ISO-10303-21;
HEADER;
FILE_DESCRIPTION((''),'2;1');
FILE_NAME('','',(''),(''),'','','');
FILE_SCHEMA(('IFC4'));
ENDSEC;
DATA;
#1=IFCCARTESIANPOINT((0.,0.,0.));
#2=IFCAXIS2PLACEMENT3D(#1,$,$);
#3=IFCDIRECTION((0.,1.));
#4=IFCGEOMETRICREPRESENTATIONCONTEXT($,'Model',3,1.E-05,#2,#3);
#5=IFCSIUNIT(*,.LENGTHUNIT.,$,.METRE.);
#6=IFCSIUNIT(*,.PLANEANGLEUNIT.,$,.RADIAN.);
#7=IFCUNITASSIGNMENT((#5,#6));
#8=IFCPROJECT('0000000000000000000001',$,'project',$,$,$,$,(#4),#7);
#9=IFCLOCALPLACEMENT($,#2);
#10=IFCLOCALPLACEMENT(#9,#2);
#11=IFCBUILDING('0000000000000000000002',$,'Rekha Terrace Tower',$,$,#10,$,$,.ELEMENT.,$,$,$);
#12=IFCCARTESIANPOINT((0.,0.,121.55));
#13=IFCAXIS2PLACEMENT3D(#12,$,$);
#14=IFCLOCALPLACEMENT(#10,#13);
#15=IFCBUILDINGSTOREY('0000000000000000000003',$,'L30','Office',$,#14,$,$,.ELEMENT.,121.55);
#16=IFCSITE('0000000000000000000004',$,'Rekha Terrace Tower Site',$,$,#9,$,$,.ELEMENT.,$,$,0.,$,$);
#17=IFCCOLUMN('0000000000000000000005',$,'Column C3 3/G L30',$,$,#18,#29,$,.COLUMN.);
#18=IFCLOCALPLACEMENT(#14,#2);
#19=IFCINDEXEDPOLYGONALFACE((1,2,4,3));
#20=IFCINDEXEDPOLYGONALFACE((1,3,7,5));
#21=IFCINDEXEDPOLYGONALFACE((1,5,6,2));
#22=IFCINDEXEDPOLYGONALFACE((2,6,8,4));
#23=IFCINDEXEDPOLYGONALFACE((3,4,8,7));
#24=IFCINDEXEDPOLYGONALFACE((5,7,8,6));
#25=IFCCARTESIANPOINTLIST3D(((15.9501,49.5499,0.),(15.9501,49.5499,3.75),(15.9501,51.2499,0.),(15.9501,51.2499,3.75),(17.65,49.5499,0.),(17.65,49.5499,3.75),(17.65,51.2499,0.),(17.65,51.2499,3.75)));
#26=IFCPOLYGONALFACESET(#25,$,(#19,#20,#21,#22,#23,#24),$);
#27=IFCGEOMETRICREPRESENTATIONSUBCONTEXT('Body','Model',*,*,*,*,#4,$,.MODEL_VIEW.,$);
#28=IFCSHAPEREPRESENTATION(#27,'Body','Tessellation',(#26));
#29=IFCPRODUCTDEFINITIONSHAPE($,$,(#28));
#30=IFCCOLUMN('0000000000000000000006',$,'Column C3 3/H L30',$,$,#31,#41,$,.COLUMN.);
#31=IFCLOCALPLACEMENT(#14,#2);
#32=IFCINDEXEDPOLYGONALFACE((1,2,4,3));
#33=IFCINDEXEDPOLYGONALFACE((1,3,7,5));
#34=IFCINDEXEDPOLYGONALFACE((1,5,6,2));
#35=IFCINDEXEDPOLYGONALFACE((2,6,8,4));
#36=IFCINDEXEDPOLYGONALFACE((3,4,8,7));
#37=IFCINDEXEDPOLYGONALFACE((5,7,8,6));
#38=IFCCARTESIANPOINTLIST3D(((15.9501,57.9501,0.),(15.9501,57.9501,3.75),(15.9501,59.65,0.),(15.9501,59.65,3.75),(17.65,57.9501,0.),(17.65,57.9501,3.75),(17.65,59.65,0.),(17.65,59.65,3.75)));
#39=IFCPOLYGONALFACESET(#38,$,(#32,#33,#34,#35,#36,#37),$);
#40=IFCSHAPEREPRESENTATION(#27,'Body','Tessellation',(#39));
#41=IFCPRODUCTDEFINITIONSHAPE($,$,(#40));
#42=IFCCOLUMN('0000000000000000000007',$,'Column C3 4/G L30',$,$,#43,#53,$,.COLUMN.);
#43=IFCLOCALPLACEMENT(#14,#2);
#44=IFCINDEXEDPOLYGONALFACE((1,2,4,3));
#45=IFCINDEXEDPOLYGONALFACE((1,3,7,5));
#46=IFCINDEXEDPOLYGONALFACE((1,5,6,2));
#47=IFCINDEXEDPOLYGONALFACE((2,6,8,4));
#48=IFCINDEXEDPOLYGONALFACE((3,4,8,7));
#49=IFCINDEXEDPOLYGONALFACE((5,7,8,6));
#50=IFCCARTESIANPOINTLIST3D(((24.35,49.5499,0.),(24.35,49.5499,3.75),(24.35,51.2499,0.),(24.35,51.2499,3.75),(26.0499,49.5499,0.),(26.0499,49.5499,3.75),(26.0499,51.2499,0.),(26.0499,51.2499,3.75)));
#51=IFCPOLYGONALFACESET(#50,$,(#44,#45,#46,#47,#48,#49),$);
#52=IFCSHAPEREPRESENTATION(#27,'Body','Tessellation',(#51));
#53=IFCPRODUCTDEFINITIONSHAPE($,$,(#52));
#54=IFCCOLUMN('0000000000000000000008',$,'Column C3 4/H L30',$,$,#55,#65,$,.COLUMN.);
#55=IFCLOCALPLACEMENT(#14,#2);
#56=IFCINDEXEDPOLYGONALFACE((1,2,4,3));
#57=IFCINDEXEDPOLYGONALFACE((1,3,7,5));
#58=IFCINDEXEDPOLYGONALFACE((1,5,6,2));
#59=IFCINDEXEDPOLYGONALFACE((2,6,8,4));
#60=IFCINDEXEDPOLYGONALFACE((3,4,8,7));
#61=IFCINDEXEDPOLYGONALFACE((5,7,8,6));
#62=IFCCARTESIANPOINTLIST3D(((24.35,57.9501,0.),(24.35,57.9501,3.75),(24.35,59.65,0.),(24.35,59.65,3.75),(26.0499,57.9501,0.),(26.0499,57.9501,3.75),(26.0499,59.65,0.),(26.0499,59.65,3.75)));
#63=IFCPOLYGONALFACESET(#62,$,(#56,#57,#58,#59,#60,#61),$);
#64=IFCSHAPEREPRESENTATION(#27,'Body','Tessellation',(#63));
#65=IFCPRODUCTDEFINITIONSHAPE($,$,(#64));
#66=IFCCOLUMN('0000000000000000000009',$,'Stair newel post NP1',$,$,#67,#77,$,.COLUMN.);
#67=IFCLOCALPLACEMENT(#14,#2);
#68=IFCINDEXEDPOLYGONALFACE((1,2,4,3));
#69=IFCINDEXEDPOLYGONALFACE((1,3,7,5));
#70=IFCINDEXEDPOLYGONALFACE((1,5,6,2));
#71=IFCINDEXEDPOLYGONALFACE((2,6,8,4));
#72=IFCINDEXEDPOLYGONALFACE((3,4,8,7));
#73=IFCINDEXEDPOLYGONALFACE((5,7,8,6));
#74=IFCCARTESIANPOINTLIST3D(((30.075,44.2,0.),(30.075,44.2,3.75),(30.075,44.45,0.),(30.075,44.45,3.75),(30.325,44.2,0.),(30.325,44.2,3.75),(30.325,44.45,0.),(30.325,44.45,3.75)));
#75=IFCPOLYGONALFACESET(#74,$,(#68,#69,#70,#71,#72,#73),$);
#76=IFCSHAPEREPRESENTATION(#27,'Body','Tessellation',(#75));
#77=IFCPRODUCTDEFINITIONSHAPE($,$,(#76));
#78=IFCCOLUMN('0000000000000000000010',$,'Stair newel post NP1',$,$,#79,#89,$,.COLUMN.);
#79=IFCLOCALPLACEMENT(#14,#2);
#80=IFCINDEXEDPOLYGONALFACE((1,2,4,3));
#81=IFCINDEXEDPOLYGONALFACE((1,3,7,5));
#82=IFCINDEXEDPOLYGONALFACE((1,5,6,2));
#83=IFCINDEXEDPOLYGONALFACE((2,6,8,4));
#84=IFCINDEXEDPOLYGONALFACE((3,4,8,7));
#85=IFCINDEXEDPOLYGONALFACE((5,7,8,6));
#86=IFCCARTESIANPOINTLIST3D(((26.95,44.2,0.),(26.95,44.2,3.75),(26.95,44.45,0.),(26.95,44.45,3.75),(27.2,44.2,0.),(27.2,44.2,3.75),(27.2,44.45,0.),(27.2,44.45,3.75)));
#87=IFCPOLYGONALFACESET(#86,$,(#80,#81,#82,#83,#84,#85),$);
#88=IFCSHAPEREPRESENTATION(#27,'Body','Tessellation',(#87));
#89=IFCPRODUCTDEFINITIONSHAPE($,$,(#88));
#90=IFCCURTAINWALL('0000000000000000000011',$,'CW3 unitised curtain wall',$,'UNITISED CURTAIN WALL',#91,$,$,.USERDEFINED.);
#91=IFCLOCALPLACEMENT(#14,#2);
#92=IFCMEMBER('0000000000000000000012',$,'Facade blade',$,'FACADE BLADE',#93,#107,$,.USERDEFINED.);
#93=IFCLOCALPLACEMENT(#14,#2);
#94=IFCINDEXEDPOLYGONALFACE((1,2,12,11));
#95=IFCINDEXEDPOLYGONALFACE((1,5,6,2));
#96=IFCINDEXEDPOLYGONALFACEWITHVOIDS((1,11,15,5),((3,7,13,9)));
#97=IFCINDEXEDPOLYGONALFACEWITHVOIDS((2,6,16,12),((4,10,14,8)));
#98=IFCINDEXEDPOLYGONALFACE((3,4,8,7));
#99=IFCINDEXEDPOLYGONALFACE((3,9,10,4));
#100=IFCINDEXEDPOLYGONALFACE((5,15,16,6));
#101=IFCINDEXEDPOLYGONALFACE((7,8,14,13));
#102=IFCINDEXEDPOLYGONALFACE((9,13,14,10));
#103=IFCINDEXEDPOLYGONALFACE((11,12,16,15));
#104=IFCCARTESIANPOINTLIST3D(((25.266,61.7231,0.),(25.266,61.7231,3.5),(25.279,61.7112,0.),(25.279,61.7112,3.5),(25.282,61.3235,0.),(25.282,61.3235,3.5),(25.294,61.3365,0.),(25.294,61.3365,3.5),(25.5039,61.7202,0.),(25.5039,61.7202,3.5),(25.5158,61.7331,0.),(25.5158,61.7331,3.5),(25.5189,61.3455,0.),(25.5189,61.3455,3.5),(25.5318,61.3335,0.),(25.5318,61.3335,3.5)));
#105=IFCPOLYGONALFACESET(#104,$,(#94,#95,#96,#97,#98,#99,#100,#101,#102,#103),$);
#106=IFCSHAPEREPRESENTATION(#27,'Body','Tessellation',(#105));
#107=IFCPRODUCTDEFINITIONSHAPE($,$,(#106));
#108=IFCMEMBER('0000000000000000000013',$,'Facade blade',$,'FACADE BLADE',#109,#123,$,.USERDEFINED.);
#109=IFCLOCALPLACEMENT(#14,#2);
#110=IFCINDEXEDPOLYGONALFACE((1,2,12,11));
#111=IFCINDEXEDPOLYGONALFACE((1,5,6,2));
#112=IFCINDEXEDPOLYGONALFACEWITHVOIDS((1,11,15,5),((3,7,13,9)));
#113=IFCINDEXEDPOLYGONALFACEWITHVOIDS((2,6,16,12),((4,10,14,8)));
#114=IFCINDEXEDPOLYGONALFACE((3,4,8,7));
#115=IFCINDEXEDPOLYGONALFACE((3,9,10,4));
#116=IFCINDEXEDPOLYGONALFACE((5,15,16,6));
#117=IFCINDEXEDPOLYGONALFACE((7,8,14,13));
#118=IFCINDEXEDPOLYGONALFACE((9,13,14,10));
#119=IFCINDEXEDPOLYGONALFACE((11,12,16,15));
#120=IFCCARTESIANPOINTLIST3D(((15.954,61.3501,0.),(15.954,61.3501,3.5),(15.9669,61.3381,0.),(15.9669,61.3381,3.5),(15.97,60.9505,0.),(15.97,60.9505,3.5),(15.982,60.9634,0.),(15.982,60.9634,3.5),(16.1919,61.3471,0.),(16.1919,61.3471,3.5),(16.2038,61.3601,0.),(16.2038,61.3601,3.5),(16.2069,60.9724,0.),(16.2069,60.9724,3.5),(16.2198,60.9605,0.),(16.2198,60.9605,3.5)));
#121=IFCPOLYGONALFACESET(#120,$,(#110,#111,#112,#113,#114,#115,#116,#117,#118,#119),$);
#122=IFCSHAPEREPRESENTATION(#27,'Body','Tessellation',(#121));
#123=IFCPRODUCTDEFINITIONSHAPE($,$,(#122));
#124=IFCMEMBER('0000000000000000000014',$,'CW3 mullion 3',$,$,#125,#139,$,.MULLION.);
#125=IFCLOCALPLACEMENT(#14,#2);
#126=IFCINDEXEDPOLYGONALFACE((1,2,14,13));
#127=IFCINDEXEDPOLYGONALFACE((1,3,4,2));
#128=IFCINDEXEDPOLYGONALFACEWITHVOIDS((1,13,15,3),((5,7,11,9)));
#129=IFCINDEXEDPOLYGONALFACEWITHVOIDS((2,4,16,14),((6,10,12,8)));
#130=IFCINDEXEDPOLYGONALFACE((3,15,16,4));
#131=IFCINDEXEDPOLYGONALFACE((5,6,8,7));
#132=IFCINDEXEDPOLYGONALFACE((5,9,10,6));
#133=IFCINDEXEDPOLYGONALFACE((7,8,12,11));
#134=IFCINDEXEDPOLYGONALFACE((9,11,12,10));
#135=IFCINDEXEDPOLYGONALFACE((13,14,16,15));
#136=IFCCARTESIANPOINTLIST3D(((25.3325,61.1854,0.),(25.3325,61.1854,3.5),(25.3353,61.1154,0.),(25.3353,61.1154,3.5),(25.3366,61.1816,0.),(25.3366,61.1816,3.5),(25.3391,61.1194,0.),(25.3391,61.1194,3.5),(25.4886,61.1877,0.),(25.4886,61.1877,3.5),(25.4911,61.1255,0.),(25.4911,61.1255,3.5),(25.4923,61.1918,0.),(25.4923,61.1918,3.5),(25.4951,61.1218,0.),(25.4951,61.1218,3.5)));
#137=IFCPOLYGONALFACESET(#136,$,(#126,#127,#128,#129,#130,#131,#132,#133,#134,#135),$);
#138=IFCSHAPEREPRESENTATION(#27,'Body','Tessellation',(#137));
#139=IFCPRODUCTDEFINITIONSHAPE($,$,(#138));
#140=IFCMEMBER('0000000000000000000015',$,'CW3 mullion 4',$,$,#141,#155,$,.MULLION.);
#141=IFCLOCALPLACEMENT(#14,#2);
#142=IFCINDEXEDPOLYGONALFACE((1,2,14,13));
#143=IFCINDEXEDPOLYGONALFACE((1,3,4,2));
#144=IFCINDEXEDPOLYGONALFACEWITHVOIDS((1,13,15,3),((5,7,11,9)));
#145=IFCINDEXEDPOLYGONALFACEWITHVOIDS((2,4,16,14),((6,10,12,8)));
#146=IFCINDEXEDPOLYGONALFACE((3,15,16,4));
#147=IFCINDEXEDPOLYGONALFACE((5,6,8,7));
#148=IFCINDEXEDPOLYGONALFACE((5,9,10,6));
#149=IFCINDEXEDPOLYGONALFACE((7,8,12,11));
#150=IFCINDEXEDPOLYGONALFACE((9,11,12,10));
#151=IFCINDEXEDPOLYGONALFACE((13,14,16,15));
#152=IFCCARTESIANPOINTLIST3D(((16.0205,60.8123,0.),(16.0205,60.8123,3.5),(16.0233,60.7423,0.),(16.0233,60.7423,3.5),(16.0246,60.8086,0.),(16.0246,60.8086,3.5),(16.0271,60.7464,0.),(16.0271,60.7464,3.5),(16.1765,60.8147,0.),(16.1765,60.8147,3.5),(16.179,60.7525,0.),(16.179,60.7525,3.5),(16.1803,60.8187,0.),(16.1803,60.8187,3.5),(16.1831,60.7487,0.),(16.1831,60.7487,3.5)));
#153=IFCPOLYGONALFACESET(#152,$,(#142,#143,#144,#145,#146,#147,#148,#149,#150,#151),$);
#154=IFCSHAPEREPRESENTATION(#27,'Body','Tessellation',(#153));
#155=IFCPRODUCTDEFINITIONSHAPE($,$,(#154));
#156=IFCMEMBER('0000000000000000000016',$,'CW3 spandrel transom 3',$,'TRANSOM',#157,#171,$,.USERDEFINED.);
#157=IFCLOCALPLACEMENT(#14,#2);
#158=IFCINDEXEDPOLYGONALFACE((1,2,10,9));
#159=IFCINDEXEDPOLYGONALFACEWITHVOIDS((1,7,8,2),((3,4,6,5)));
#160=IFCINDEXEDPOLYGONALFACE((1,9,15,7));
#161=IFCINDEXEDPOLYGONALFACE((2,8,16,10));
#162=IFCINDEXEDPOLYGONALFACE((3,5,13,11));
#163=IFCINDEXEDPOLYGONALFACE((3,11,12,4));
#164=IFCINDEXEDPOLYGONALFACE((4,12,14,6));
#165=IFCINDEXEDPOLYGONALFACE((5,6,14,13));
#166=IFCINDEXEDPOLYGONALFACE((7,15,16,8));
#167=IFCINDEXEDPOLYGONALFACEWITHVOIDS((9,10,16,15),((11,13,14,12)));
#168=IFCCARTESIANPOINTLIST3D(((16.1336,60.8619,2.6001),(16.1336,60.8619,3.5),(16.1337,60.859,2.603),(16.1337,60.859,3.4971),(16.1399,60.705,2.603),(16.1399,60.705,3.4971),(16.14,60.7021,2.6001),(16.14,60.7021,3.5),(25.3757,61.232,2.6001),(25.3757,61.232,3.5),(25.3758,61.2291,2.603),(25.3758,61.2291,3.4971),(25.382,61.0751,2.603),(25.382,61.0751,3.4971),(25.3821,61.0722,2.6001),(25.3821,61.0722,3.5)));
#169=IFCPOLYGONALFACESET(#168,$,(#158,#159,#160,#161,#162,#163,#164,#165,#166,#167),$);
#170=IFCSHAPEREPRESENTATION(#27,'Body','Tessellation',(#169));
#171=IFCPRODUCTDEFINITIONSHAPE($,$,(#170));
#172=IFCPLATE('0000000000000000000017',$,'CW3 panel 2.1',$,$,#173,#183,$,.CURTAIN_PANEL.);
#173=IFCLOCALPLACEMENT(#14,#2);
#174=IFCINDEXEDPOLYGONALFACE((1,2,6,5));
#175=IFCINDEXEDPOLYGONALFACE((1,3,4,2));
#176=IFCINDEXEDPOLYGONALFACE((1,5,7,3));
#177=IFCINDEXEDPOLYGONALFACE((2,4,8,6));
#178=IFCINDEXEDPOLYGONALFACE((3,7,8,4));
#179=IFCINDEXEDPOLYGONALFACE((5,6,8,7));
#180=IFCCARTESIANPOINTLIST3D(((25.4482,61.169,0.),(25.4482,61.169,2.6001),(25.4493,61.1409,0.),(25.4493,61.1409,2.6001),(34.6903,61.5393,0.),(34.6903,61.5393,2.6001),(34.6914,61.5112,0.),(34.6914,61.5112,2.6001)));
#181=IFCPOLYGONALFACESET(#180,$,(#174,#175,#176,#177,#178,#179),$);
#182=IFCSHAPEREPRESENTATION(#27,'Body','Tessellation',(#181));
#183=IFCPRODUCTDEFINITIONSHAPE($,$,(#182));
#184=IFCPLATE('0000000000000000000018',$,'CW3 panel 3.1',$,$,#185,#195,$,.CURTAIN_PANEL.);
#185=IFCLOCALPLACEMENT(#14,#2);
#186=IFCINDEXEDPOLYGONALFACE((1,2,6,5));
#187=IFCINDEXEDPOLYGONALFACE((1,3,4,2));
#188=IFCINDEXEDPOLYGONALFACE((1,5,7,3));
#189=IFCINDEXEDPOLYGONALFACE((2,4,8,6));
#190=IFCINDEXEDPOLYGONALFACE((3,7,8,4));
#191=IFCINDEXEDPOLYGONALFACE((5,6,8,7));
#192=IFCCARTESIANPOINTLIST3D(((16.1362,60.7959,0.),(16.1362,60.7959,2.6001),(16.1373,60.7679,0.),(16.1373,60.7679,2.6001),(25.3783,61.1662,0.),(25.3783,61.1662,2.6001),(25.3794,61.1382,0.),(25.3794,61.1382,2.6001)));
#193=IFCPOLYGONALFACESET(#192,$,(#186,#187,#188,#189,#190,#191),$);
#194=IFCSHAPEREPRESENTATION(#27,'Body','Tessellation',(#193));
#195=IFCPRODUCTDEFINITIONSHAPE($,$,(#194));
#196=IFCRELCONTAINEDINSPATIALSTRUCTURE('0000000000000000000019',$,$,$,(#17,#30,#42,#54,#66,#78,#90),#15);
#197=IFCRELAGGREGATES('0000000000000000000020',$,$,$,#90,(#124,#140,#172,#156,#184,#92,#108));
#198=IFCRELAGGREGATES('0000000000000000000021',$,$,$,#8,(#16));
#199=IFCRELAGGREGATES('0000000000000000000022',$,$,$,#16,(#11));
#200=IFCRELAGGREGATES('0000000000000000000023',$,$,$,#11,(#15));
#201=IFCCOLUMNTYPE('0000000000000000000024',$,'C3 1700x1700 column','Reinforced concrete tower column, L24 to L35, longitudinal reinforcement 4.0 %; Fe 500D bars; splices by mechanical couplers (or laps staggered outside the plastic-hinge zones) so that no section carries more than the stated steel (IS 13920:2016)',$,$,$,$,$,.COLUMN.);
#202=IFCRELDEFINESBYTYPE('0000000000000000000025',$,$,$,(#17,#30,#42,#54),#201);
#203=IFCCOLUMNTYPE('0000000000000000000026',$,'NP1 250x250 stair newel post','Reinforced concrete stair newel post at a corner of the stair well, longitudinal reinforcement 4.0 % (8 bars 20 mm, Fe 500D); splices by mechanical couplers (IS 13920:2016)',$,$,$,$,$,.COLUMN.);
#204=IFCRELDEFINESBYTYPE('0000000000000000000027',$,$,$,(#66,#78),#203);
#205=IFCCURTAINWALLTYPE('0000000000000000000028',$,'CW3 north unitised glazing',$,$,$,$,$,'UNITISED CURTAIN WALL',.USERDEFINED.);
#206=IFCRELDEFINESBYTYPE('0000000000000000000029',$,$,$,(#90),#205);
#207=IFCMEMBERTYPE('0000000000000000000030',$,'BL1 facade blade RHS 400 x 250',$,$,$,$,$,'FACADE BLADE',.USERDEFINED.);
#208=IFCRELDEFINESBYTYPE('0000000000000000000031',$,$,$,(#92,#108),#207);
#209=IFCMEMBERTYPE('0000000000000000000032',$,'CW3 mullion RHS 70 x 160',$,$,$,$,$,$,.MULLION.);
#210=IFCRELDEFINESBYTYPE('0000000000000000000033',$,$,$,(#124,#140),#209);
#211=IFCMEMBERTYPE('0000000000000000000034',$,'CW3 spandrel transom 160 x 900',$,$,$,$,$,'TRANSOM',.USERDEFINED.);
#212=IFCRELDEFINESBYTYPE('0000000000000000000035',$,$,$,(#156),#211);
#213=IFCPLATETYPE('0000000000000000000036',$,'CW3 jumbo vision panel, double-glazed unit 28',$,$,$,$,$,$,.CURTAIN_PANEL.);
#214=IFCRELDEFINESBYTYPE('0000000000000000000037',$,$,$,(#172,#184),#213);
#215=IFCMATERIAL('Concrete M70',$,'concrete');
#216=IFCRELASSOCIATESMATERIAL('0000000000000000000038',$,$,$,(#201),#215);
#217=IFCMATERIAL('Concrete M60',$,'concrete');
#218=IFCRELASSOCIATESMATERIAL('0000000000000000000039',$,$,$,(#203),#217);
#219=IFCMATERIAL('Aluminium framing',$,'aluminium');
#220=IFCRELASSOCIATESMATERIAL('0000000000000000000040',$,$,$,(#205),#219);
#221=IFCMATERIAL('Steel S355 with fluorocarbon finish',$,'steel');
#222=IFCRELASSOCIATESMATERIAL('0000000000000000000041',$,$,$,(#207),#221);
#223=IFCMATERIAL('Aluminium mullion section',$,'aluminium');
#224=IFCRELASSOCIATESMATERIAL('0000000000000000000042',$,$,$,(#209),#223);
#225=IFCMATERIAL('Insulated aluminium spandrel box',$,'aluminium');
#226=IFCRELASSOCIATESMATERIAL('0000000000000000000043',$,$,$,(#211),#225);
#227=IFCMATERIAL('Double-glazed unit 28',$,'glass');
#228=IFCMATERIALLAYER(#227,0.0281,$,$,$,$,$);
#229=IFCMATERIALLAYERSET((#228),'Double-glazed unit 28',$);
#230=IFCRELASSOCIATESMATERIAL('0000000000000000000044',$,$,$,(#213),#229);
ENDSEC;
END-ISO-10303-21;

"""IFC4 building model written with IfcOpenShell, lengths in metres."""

from ifc_helpers import new_model, si_unit, direction, frame, origin, origin_2d, place, context, subcontext, project, spatial, rectangle, hollow_rectangle, extrude, material, layer, layer_set, material_profile, profile_set, type_object, element, aggregate, save


model = new_model("IFC4")

# Units and contexts
model_context = context("Model", 3, precision=1e-05, world=origin(), true_north=direction((0.0, 1.0)))
body_context = subcontext(model_context, "Body", "Model", "MODEL_VIEW")
ifc_project = project(units=[si_unit("LENGTHUNIT", "METRE"), si_unit("PLANEANGLEUNIT", "RADIAN")], contexts=[model_context])

# Site, building, storey
site_placement = place(None, origin())
site = spatial("IfcSite", under=ifc_project, at=site_placement, Name="Rekha Terrace Tower Site", CompositionType="ELEMENT", RefElevation=0.0)
building_placement = place(site_placement, origin())
building = spatial("IfcBuilding", under=site, at=building_placement, Name="Rekha Terrace Tower", CompositionType="ELEMENT")
storey_placement = place(building_placement, frame((0.0, 0.0, 121.55)))
storey = spatial("IfcBuildingStorey", under=building, at=storey_placement, Name="L30", Description="Office", CompositionType="ELEMENT", Elevation=121.55)

# Columns
ifc_material_1 = material(Name="Concrete M70", Category="concrete")
ifc_material_profile_1 = material_profile(ifc_material_1, rectangle(XDim=1.7, YDim=1.7, at=origin_2d()), Name="RC 1700x1700")
ifc_profile_set_1 = profile_set([ifc_material_profile_1], Name="Concrete M70")
column_type_1 = type_object("IfcColumnType", Name="C3 1700x1700 column", Description="Reinforced concrete tower column, L24 to L35, longitudinal reinforcement 4.0 %; Fe 500D bars; splices by mechanical couplers (or laps staggered outside the plastic-hinge zones) so that no section carries more than the stated steel (IS 13920:2016)", PredefinedType="COLUMN", material=ifc_profile_set_1)
for number, where, z_axis, x_axis, name in (
    (1, (16.8, 50.3999, 0.0), (0.0, 0.0, 1.0), (1.0, 0.0, 0.0), "Column C3 3/G L30"),
    (2, (16.8, 58.8, 0.0), (0.0, 0.0, 1.0), (1.0, 0.0, 0.0), "Column C3 3/H L30"),
    (3, (25.2, 50.3999, 0.0), (0.0, 0.0, 1.0), (1.0, 0.0, 0.0), "Column C3 4/G L30"),
    (4, (25.2, 58.8, 0.0), (0.0, 0.0, 1.0), (1.0, 0.0, 0.0), "Column C3 4/H L30"),
):
    element("IfcColumn", number, at=place(storey_placement, frame(where, z_axis=z_axis, x_axis=x_axis)), inside=storey, type_object=column_type_1, Name=name, PredefinedType="COLUMN", context=body_context, shape_type="SweptSolid", body=[
        extrude(rectangle(XDim=1.7, YDim=1.7, at=origin_2d()), origin(), (0.0, 0.0, 1.0), 3.75),
    ])
ifc_material_2 = material(Name="Concrete M60", Category="concrete")
ifc_material_profile_2 = material_profile(ifc_material_2, rectangle(XDim=0.25, YDim=0.25, at=origin_2d()), Name="RC 250x250")
ifc_profile_set_2 = profile_set([ifc_material_profile_2], Name="Concrete M60")
column_type_2 = type_object("IfcColumnType", Name="NP1 250x250 stair newel post", Description="Reinforced concrete stair newel post at a corner of the stair well, longitudinal reinforcement 4.0 % (8 bars 20 mm, Fe 500D); splices by mechanical couplers (IS 13920:2016)", PredefinedType="COLUMN", material=ifc_profile_set_2)
for number, where, z_axis, x_axis, name in (
    (5, (30.2, 44.325, 0.0), (0.0, 0.0, 1.0), (1.0, 0.0, 0.0), "Stair newel post NP1"),
    (6, (27.075, 44.325, 0.0), (0.0, 0.0, 1.0), (1.0, 0.0, 0.0), "Stair newel post NP1"),
):
    element("IfcColumn", number, at=place(storey_placement, frame(where, z_axis=z_axis, x_axis=x_axis)), inside=storey, type_object=column_type_2, Name=name, PredefinedType="COLUMN", context=body_context, shape_type="SweptSolid", body=[
        extrude(rectangle(XDim=0.25, YDim=0.25, at=origin_2d()), origin(), (0.0, 0.0, 1.0), 3.75),
    ])

# Curtain wall, members, plates
ifc_material_3 = material(Name="Aluminium framing", Category="aluminium")
curtain_wall_type = type_object("IfcCurtainWallType", Name="CW3 north unitised glazing", ElementType="UNITISED CURTAIN WALL", PredefinedType="USERDEFINED", material=ifc_material_3)
curtain_wall_placement = place(storey_placement, origin())
curtain_wall = element("IfcCurtainWall", 7, at=curtain_wall_placement, inside=storey, type_object=curtain_wall_type, Name="CW3 unitised curtain wall", ObjectType="UNITISED CURTAIN WALL", PredefinedType="USERDEFINED")
ifc_material_4 = material(Name="Steel S355 with fluorocarbon finish", Category="steel")
ifc_material_profile_3 = material_profile(ifc_material_4, hollow_rectangle(XDim=0.25, YDim=0.3999, WallThickness=0.0125, at=origin_2d()), Name="RHS400x250x12.5")
ifc_profile_set_3 = profile_set([ifc_material_profile_3], Name="Steel S355 with fluorocarbon finish")
member_type_1 = type_object("IfcMemberType", Name="BL1 facade blade RHS 400 x 250", ElementType="FACADE BLADE", PredefinedType="USERDEFINED", material=ifc_profile_set_3)
member_1_placement = place(storey_placement, frame((25.3989, 61.5283, 0.0), z_axis=(0.0, 0.0, 1.0), x_axis=(-0.999198, -0.040032, 0.0)))
member_1 = element("IfcMember", 8, at=member_1_placement, type_object=member_type_1, Name="Facade blade", ObjectType="FACADE BLADE", PredefinedType="USERDEFINED", context=body_context, shape_type="SweptSolid", body=[
    extrude(hollow_rectangle(XDim=0.25, YDim=0.3999, WallThickness=0.0125, at=origin_2d()), origin(), (0.0, 0.0, 1.0), 3.5),
])
member_2_placement = place(storey_placement, frame((16.0869, 61.1553, 0.0), z_axis=(0.0, 0.0, 1.0), x_axis=(-0.999198, -0.040032, 0.0)))
member_2 = element("IfcMember", 9, at=member_2_placement, type_object=member_type_1, Name="Facade blade", ObjectType="FACADE BLADE", PredefinedType="USERDEFINED", context=body_context, shape_type="SweptSolid", body=[
    extrude(hollow_rectangle(XDim=0.25, YDim=0.3999, WallThickness=0.0125, at=origin_2d()), origin(), (0.0, 0.0, 1.0), 3.5),
])
ifc_material_5 = material(Name="Aluminium mullion section", Category="aluminium")
ifc_material_profile_4 = material_profile(ifc_material_5, hollow_rectangle(XDim=0.0701, YDim=0.1599, WallThickness=0.0039, at=origin_2d()), Name="AL RHS 70x160")
ifc_profile_set_4 = profile_set([ifc_material_profile_4], Name="Aluminium mullion section")
member_type_2 = type_object("IfcMemberType", Name="CW3 mullion RHS 70 x 160", PredefinedType="MULLION", material=ifc_profile_set_4)
member_3_placement = place(storey_placement, frame((25.4138, 61.1536, 0.0), z_axis=(0.0, 0.0, 1.0), x_axis=(0.040032, -0.999198, 0.0)))
member_3 = element("IfcMember", 10, at=member_3_placement, type_object=member_type_2, Name="CW3 mullion 3", PredefinedType="MULLION", context=body_context, shape_type="SweptSolid", body=[
    extrude(hollow_rectangle(XDim=0.0701, YDim=0.1599, WallThickness=0.0039, at=origin_2d()), origin(), (0.0, 0.0, 1.0), 3.5),
])
member_4_placement = place(storey_placement, frame((16.1018, 60.7805, 0.0), z_axis=(0.0, 0.0, 1.0), x_axis=(0.040032, -0.999198, 0.0)))
member_4 = element("IfcMember", 11, at=member_4_placement, type_object=member_type_2, Name="CW3 mullion 4", PredefinedType="MULLION", context=body_context, shape_type="SweptSolid", body=[
    extrude(hollow_rectangle(XDim=0.0701, YDim=0.1599, WallThickness=0.0039, at=origin_2d()), origin(), (0.0, 0.0, 1.0), 3.5),
])
ifc_material_6 = material(Name="Insulated aluminium spandrel box", Category="aluminium")
ifc_material_profile_5 = material_profile(ifc_material_6, hollow_rectangle(XDim=0.1599, YDim=0.8999, WallThickness=0.0029, at=origin_2d()), Name="AL SPANDREL BOX 160x900")
ifc_profile_set_5 = profile_set([ifc_material_profile_5], Name="Insulated aluminium spandrel box")
member_type_3 = type_object("IfcMemberType", Name="CW3 spandrel transom 160 x 900", ElementType="TRANSOM", PredefinedType="USERDEFINED", material=ifc_profile_set_5)
member_5_placement = place(storey_placement, frame((25.3789, 61.1521, 3.05), z_axis=(-0.999199, -0.040014, 0.0), x_axis=(0.040014, -0.999199, 0.0)))
member_5 = element("IfcMember", 12, at=member_5_placement, type_object=member_type_3, Name="CW3 spandrel transom 3", ObjectType="TRANSOM", PredefinedType="USERDEFINED", context=body_context, shape_type="SweptSolid", body=[
    extrude(hollow_rectangle(XDim=0.1599, YDim=0.8999, WallThickness=0.0029, at=origin_2d()), origin(), (0.0, 0.0, 1.0), 9.2495),
])
ifc_material_7 = material(Name="Double-glazed unit 28", Category="glass")
ifc_layer_1 = layer(ifc_material_7, 0.0281)
ifc_layer_set_1 = layer_set([ifc_layer_1], Name="Double-glazed unit 28")
plate_type = type_object("IfcPlateType", Name="CW3 jumbo vision panel, double-glazed unit 28", PredefinedType="CURTAIN_PANEL", material=ifc_layer_set_1)
plate_1_placement = place(storey_placement, frame((30.0698, 61.3401, 0.0), z_axis=(0.0, 0.0, 1.0), x_axis=(-0.999198, -0.040032, 0.0)))
plate_1 = element("IfcPlate", 13, at=plate_1_placement, type_object=plate_type, Name="CW3 panel 2.1", PredefinedType="CURTAIN_PANEL", context=body_context, shape_type="SweptSolid", body=[
    extrude(rectangle(XDim=9.2495, YDim=0.0281, at=origin_2d()), origin(), (0.0, 0.0, 1.0), 2.6001),
])
plate_2_placement = place(storey_placement, frame((20.7578, 60.967, 0.0), z_axis=(0.0, 0.0, 1.0), x_axis=(-0.999198, -0.040032, 0.0)))
plate_2 = element("IfcPlate", 14, at=plate_2_placement, type_object=plate_type, Name="CW3 panel 3.1", PredefinedType="CURTAIN_PANEL", context=body_context, shape_type="SweptSolid", body=[
    extrude(rectangle(XDim=9.2495, YDim=0.0281, at=origin_2d()), origin(), (0.0, 0.0, 1.0), 2.6001),
])
aggregate(curtain_wall, [member_3, member_4, plate_1, member_5, plate_2, member_1, member_2])

save(model, "model.ifc")
